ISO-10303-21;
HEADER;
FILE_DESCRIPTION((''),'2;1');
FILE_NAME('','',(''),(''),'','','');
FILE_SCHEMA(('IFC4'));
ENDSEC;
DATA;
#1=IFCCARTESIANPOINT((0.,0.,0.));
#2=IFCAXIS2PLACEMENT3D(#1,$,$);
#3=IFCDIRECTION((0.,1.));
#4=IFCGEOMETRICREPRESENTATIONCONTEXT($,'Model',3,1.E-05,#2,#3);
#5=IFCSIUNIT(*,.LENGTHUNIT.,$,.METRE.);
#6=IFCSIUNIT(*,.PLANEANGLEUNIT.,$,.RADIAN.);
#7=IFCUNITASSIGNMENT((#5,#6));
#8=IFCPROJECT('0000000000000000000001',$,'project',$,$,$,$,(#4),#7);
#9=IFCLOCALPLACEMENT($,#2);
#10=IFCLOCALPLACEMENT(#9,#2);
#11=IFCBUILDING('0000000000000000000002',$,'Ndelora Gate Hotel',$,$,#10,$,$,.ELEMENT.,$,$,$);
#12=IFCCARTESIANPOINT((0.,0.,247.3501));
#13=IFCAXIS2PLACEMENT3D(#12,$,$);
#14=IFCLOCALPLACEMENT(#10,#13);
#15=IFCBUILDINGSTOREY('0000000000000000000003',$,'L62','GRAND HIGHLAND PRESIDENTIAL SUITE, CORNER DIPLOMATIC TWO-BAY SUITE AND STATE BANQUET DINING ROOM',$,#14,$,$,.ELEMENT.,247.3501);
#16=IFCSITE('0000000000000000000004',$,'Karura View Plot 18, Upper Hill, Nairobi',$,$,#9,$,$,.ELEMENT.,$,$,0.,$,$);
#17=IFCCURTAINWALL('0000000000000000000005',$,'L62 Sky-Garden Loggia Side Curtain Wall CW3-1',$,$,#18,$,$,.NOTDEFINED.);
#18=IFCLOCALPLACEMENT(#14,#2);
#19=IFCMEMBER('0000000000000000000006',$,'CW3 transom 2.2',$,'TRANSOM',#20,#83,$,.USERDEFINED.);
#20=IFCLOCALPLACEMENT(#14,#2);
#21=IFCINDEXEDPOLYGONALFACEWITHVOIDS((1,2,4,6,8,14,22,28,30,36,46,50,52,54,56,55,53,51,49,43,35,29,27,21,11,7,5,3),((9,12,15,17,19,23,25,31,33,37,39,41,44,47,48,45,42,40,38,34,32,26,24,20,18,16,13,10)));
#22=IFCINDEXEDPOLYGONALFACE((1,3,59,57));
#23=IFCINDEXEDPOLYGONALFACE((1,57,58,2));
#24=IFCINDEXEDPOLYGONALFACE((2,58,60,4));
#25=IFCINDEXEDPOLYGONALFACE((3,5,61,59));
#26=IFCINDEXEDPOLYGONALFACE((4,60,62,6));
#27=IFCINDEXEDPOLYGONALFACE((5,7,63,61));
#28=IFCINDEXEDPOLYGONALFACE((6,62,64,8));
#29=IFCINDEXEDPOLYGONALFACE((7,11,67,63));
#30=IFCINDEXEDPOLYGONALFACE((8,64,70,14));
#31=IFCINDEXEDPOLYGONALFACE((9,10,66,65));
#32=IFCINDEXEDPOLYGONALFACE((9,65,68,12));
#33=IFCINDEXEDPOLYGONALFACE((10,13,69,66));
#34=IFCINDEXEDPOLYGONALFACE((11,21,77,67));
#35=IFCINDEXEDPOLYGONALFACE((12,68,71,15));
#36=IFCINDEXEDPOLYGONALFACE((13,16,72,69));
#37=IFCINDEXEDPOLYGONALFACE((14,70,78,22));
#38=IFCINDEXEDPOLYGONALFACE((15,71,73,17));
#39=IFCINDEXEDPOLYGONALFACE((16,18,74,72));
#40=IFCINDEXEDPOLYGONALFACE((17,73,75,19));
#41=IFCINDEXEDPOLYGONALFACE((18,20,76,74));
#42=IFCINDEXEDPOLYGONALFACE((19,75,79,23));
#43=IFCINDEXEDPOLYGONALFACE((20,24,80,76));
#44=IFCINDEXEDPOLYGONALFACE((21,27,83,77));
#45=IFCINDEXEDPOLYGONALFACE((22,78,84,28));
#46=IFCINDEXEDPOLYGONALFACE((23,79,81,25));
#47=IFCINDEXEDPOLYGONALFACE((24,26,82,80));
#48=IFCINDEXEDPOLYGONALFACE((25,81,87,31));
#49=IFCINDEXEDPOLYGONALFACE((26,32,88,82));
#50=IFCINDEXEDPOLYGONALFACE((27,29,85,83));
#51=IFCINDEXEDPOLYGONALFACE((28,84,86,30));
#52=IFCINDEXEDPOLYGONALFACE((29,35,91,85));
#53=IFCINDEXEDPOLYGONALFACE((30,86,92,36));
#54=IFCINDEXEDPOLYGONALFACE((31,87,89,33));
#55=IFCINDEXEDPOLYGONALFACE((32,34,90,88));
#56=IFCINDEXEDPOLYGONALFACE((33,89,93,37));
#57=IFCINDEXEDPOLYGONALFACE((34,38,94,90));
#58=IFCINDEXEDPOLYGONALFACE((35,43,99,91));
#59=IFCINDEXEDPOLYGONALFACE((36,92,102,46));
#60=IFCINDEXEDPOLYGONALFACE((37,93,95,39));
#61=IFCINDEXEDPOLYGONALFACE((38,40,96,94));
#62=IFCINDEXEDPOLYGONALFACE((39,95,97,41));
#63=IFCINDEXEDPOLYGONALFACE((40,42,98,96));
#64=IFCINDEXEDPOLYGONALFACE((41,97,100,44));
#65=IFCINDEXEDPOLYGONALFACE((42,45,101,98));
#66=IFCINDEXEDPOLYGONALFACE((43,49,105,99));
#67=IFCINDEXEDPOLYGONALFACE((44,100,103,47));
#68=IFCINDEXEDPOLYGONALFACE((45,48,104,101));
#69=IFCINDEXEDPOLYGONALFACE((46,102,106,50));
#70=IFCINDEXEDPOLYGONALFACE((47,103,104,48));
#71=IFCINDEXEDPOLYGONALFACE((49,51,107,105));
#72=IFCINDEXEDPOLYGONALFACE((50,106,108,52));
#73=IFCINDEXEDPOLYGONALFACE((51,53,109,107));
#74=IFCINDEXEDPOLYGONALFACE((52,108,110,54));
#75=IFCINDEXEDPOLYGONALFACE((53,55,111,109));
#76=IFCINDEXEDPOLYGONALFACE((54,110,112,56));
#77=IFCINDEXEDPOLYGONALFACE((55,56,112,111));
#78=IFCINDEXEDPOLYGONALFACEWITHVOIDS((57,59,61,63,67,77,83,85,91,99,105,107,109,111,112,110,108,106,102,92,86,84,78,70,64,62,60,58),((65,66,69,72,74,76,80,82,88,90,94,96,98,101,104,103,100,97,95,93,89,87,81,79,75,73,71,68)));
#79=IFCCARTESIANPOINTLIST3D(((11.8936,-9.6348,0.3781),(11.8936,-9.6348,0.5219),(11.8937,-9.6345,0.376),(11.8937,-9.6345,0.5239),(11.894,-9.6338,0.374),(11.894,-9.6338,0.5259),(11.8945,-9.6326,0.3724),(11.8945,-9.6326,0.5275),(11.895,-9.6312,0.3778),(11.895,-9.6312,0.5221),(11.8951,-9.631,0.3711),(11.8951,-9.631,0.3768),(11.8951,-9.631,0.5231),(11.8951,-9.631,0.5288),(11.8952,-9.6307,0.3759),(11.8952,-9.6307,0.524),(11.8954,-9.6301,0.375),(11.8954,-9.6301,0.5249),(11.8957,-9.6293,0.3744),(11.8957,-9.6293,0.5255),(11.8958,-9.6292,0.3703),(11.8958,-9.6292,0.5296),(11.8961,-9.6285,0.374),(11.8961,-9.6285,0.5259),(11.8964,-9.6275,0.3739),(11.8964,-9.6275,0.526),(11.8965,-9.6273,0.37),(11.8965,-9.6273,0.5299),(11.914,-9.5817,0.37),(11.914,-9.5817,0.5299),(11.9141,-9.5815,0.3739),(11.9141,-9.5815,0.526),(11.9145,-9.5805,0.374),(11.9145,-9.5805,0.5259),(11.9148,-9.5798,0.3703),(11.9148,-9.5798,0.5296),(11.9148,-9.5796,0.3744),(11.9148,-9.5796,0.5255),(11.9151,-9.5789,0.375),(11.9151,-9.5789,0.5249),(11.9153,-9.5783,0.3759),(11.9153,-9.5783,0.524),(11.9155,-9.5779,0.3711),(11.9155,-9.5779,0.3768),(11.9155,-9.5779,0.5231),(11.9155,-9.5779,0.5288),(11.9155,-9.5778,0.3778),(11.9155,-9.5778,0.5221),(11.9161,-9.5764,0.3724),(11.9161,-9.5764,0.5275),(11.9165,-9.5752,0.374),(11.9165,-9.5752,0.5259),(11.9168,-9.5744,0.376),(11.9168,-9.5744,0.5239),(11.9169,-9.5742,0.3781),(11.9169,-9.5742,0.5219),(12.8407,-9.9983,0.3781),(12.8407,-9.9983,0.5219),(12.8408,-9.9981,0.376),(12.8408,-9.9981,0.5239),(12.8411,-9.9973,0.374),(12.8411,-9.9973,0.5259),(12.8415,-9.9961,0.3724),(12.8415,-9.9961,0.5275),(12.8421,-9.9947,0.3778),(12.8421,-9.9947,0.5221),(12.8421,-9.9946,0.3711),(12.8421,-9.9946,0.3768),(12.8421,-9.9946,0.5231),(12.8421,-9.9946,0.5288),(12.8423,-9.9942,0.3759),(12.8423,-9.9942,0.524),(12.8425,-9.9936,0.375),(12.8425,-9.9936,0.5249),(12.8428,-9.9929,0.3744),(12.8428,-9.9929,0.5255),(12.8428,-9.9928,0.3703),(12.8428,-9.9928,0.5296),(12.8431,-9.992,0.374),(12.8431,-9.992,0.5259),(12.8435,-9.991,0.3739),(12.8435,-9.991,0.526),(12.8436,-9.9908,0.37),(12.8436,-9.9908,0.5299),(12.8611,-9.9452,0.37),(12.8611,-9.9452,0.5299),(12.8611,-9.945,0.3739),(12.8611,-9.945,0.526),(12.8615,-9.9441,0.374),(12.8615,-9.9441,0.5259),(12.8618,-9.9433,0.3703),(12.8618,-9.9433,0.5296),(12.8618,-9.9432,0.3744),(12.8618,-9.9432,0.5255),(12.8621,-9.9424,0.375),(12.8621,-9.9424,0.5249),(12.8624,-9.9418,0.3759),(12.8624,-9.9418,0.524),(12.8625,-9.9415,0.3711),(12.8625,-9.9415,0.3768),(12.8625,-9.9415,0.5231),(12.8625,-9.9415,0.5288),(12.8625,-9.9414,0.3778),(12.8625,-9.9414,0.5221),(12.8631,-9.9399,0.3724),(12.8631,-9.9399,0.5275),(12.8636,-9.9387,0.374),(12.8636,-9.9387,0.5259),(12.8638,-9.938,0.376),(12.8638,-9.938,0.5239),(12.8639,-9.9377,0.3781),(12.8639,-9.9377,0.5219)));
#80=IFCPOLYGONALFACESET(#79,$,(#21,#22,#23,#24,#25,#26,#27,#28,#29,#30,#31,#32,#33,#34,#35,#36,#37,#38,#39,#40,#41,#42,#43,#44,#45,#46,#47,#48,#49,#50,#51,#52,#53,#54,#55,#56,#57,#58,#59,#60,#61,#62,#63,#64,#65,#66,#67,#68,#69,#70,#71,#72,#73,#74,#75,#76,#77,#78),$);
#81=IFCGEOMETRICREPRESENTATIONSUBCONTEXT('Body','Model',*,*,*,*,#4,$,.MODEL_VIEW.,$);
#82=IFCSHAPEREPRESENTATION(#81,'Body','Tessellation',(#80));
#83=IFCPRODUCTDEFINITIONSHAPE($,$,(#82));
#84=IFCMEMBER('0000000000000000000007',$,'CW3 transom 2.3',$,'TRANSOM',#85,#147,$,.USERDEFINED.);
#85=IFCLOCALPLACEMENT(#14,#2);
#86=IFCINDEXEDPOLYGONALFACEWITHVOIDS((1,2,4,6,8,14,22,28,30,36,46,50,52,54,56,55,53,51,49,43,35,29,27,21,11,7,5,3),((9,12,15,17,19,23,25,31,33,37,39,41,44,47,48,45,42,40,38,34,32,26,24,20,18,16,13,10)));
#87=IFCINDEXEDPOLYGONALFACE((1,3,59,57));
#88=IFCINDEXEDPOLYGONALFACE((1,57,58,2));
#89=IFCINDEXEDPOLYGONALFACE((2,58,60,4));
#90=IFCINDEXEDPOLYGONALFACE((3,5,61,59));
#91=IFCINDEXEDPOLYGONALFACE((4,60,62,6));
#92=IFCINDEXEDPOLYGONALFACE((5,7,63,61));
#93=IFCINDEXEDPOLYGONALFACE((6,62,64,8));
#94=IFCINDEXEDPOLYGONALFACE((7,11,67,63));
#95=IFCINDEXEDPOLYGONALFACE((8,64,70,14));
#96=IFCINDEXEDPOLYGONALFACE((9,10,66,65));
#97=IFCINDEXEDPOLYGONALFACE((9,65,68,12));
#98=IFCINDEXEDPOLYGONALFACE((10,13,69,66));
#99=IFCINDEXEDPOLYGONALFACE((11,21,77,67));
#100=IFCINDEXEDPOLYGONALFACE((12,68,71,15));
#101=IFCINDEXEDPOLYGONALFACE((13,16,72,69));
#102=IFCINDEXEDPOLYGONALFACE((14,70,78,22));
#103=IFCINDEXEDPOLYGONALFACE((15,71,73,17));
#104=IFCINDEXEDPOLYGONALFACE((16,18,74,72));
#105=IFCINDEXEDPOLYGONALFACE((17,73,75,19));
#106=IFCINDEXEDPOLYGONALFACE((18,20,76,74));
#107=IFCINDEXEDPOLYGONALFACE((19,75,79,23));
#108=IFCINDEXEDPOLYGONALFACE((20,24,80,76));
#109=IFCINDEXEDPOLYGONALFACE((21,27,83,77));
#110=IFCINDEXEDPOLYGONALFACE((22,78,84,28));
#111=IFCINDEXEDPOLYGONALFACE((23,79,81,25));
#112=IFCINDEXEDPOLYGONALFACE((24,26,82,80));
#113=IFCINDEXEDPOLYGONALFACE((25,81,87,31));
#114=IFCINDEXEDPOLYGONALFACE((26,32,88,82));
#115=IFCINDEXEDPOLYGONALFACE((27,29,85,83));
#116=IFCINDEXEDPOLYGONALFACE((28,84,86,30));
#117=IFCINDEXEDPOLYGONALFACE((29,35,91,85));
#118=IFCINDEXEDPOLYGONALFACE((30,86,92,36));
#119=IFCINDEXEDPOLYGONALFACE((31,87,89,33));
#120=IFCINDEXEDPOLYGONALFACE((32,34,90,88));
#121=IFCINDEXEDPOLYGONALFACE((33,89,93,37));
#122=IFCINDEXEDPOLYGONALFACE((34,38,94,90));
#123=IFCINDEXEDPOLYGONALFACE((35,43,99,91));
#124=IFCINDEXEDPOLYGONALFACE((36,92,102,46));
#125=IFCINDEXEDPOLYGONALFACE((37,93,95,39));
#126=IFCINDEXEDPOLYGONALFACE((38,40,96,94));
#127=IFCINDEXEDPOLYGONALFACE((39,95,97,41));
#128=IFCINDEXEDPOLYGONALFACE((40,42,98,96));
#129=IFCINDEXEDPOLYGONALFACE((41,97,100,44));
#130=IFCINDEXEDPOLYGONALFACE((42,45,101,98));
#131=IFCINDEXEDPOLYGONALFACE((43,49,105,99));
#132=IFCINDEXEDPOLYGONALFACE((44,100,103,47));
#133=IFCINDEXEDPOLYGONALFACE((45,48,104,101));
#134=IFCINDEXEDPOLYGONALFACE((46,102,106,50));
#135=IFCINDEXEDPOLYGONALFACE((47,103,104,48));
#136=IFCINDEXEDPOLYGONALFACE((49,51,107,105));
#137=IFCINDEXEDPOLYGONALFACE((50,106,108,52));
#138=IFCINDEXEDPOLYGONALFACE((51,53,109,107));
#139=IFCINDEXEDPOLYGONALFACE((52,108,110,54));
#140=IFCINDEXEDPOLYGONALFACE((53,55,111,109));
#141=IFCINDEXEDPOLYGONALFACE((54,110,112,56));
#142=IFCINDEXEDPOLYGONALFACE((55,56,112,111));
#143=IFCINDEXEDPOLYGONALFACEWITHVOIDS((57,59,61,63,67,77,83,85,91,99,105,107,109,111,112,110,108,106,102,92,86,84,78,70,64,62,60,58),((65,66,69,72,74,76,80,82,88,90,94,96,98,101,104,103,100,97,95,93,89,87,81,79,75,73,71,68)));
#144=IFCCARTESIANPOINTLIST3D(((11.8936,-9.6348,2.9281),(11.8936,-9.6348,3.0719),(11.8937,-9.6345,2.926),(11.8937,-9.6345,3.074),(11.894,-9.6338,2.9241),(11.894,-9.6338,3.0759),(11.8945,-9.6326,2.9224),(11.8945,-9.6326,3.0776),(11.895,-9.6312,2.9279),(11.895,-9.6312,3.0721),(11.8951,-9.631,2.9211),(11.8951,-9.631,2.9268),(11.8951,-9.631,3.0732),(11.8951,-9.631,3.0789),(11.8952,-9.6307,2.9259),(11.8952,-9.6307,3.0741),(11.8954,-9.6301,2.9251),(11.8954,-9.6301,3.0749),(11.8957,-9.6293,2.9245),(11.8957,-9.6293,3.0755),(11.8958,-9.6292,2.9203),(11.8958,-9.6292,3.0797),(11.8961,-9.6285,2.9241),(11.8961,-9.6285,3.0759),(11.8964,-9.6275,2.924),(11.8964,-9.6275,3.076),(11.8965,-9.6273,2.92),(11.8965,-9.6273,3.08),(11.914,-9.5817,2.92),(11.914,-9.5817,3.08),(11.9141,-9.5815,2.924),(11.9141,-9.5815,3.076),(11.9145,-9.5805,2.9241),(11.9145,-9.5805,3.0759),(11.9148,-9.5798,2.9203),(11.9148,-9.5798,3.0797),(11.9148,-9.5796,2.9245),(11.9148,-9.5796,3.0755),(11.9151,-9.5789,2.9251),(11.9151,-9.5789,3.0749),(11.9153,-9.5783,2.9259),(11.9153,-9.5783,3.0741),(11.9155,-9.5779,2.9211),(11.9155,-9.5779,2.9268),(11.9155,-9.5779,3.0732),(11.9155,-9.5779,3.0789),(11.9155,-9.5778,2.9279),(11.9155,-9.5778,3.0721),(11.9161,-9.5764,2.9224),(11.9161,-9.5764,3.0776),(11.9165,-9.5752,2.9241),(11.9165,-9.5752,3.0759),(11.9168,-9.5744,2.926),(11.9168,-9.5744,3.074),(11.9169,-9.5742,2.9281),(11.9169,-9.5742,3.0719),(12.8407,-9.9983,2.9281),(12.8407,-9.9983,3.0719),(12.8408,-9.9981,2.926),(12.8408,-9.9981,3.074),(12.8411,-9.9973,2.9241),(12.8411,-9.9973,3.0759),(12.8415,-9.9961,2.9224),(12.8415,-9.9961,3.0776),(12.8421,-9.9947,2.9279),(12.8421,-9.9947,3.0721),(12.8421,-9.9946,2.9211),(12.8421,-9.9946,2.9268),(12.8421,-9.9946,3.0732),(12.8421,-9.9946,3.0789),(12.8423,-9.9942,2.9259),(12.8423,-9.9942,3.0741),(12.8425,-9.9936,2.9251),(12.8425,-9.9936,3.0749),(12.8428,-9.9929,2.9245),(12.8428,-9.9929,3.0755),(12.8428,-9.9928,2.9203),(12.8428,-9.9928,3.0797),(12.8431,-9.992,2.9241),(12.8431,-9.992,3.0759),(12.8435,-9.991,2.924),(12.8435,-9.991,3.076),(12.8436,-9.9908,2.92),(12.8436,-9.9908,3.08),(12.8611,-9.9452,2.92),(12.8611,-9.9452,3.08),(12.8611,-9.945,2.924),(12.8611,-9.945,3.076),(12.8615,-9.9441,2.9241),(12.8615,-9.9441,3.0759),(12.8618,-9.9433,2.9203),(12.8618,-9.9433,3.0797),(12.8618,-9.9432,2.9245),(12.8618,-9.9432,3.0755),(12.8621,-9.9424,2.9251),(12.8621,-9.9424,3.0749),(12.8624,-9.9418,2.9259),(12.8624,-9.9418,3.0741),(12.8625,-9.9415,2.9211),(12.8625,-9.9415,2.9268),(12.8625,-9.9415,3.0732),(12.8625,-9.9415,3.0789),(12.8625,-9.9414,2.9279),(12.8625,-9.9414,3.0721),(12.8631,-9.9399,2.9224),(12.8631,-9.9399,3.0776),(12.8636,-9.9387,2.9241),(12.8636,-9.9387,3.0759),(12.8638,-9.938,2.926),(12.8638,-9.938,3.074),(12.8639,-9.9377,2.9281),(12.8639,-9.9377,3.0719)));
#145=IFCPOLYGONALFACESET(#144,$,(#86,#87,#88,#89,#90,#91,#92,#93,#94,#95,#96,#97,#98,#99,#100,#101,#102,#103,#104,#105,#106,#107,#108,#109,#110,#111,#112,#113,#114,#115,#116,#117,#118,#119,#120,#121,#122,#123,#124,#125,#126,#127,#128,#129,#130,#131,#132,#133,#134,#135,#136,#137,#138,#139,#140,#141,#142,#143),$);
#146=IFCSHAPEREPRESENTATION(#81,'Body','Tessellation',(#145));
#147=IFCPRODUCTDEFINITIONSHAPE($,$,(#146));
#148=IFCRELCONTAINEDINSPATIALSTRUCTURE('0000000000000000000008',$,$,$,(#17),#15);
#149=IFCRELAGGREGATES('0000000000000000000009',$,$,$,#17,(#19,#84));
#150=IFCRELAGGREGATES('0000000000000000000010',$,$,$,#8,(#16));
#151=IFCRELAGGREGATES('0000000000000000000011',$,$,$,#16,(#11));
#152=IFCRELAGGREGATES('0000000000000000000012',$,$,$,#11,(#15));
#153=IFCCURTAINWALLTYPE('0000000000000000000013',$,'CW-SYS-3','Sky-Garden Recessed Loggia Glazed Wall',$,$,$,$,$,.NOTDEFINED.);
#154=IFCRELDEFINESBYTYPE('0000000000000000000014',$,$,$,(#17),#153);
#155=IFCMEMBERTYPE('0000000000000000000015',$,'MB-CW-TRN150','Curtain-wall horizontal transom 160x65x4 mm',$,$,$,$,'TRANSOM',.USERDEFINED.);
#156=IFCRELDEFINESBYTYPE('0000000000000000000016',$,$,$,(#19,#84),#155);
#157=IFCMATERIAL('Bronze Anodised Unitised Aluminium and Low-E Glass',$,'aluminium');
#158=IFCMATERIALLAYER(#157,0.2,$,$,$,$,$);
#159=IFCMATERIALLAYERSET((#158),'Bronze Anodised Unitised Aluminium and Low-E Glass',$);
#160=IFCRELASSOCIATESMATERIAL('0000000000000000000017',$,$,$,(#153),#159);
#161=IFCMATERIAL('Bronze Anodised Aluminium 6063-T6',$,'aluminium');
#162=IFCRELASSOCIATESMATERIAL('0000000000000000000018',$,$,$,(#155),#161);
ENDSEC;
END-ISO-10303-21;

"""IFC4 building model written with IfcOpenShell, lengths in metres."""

from ifc_helpers import new_model, si_unit, direction, frame, origin, origin_2d, place, context, subcontext, project, spatial, hollow_rectangle, extrude, material, layer, layer_set, material_profile, profile_set, type_object, element, aggregate, save


model = new_model("IFC4")

# Units and contexts
model_context = context("Model", 3, precision=1e-05, world=origin(), true_north=direction((0.0, 1.0)))
body_context = subcontext(model_context, "Body", "Model", "MODEL_VIEW")
ifc_project = project(units=[si_unit("LENGTHUNIT", "METRE"), si_unit("PLANEANGLEUNIT", "RADIAN")], contexts=[model_context])

# Site, building, storey
site_placement = place(None, origin())
site = spatial("IfcSite", under=ifc_project, at=site_placement, Name="Karura View Plot 18, Upper Hill, Nairobi", CompositionType="ELEMENT", RefElevation=0.0)
building_placement = place(site_placement, origin())
building = spatial("IfcBuilding", under=site, at=building_placement, Name="Ndelora Gate Hotel", CompositionType="ELEMENT")
storey_placement = place(building_placement, frame((0.0, 0.0, 247.3501)))
storey = spatial("IfcBuildingStorey", under=building, at=storey_placement, Name="L62", Description="GRAND HIGHLAND PRESIDENTIAL SUITE, CORNER DIPLOMATIC TWO-BAY SUITE AND STATE BANQUET DINING ROOM", CompositionType="ELEMENT", Elevation=247.3501)

# Curtain wall, members
ifc_material_1 = material(Name="Bronze Anodised Unitised Aluminium and Low-E Glass", Category="aluminium")
ifc_layer_1 = layer(ifc_material_1, 0.2)
ifc_layer_set_1 = layer_set([ifc_layer_1], Name="Bronze Anodised Unitised Aluminium and Low-E Glass")
curtain_wall_type = type_object("IfcCurtainWallType", Name="CW-SYS-3", Description="Sky-Garden Recessed Loggia Glazed Wall", PredefinedType="NOTDEFINED", material=ifc_layer_set_1)
curtain_wall_placement = place(storey_placement, origin())
curtain_wall = element("IfcCurtainWall", 1, at=curtain_wall_placement, inside=storey, type_object=curtain_wall_type, Name="L62 Sky-Garden Loggia Side Curtain Wall CW3-1", PredefinedType="NOTDEFINED")
ifc_material_2 = material(Name="Bronze Anodised Aluminium 6063-T6", Category="aluminium")
ifc_material_profile_1 = material_profile(ifc_material_2, hollow_rectangle(XDim=0.0649, YDim=0.1599, WallThickness=0.0039, InnerFilletRadius=0.0039, OuterFilletRadius=0.0081, at=origin_2d()), Name="ALU 160x65x4")
ifc_profile_set_1 = profile_set([ifc_material_profile_1], Name="Bronze Anodised Aluminium 6063-T6")
member_type_1 = type_object("IfcMemberType", Name="MB-CW-TRN150", Description="Curtain-wall horizontal transom 160x65x4 mm", ElementType="TRANSOM", PredefinedType="USERDEFINED", material=ifc_profile_set_1)
member_1_placement = place(storey_placement, frame((11.9053, -9.6045, 0.45), z_axis=(0.933581, -0.358366, 0.0), x_axis=(0.358366, 0.933581, 0.0)))
member_1 = element("IfcMember", 2, at=member_1_placement, type_object=member_type_1, Name="CW3 transom 2.2", ObjectType="TRANSOM", PredefinedType="USERDEFINED", context=body_context, shape_type="SweptSolid", body=[
    extrude(hollow_rectangle(XDim=0.0649, YDim=0.1599, WallThickness=0.0039, InnerFilletRadius=0.0039, OuterFilletRadius=0.0081, at=origin_2d()), origin(), (0.0, 0.0, 1.0), 1.0144),
])
member_2_placement = place(storey_placement, frame((11.9053, -9.6045, 3.0), z_axis=(0.933581, -0.358366, 0.0), x_axis=(0.358366, 0.933581, 0.0)))
member_2 = element("IfcMember", 3, at=member_2_placement, type_object=member_type_1, Name="CW3 transom 2.3", ObjectType="TRANSOM", PredefinedType="USERDEFINED", context=body_context, shape_type="SweptSolid", body=[
    extrude(hollow_rectangle(XDim=0.0649, YDim=0.1599, WallThickness=0.0039, InnerFilletRadius=0.0039, OuterFilletRadius=0.0081, at=origin_2d()), origin(), (0.0, 0.0, 1.0), 1.0144),
])
aggregate(curtain_wall, [member_1, member_2])

save(model, "model.ifc")
